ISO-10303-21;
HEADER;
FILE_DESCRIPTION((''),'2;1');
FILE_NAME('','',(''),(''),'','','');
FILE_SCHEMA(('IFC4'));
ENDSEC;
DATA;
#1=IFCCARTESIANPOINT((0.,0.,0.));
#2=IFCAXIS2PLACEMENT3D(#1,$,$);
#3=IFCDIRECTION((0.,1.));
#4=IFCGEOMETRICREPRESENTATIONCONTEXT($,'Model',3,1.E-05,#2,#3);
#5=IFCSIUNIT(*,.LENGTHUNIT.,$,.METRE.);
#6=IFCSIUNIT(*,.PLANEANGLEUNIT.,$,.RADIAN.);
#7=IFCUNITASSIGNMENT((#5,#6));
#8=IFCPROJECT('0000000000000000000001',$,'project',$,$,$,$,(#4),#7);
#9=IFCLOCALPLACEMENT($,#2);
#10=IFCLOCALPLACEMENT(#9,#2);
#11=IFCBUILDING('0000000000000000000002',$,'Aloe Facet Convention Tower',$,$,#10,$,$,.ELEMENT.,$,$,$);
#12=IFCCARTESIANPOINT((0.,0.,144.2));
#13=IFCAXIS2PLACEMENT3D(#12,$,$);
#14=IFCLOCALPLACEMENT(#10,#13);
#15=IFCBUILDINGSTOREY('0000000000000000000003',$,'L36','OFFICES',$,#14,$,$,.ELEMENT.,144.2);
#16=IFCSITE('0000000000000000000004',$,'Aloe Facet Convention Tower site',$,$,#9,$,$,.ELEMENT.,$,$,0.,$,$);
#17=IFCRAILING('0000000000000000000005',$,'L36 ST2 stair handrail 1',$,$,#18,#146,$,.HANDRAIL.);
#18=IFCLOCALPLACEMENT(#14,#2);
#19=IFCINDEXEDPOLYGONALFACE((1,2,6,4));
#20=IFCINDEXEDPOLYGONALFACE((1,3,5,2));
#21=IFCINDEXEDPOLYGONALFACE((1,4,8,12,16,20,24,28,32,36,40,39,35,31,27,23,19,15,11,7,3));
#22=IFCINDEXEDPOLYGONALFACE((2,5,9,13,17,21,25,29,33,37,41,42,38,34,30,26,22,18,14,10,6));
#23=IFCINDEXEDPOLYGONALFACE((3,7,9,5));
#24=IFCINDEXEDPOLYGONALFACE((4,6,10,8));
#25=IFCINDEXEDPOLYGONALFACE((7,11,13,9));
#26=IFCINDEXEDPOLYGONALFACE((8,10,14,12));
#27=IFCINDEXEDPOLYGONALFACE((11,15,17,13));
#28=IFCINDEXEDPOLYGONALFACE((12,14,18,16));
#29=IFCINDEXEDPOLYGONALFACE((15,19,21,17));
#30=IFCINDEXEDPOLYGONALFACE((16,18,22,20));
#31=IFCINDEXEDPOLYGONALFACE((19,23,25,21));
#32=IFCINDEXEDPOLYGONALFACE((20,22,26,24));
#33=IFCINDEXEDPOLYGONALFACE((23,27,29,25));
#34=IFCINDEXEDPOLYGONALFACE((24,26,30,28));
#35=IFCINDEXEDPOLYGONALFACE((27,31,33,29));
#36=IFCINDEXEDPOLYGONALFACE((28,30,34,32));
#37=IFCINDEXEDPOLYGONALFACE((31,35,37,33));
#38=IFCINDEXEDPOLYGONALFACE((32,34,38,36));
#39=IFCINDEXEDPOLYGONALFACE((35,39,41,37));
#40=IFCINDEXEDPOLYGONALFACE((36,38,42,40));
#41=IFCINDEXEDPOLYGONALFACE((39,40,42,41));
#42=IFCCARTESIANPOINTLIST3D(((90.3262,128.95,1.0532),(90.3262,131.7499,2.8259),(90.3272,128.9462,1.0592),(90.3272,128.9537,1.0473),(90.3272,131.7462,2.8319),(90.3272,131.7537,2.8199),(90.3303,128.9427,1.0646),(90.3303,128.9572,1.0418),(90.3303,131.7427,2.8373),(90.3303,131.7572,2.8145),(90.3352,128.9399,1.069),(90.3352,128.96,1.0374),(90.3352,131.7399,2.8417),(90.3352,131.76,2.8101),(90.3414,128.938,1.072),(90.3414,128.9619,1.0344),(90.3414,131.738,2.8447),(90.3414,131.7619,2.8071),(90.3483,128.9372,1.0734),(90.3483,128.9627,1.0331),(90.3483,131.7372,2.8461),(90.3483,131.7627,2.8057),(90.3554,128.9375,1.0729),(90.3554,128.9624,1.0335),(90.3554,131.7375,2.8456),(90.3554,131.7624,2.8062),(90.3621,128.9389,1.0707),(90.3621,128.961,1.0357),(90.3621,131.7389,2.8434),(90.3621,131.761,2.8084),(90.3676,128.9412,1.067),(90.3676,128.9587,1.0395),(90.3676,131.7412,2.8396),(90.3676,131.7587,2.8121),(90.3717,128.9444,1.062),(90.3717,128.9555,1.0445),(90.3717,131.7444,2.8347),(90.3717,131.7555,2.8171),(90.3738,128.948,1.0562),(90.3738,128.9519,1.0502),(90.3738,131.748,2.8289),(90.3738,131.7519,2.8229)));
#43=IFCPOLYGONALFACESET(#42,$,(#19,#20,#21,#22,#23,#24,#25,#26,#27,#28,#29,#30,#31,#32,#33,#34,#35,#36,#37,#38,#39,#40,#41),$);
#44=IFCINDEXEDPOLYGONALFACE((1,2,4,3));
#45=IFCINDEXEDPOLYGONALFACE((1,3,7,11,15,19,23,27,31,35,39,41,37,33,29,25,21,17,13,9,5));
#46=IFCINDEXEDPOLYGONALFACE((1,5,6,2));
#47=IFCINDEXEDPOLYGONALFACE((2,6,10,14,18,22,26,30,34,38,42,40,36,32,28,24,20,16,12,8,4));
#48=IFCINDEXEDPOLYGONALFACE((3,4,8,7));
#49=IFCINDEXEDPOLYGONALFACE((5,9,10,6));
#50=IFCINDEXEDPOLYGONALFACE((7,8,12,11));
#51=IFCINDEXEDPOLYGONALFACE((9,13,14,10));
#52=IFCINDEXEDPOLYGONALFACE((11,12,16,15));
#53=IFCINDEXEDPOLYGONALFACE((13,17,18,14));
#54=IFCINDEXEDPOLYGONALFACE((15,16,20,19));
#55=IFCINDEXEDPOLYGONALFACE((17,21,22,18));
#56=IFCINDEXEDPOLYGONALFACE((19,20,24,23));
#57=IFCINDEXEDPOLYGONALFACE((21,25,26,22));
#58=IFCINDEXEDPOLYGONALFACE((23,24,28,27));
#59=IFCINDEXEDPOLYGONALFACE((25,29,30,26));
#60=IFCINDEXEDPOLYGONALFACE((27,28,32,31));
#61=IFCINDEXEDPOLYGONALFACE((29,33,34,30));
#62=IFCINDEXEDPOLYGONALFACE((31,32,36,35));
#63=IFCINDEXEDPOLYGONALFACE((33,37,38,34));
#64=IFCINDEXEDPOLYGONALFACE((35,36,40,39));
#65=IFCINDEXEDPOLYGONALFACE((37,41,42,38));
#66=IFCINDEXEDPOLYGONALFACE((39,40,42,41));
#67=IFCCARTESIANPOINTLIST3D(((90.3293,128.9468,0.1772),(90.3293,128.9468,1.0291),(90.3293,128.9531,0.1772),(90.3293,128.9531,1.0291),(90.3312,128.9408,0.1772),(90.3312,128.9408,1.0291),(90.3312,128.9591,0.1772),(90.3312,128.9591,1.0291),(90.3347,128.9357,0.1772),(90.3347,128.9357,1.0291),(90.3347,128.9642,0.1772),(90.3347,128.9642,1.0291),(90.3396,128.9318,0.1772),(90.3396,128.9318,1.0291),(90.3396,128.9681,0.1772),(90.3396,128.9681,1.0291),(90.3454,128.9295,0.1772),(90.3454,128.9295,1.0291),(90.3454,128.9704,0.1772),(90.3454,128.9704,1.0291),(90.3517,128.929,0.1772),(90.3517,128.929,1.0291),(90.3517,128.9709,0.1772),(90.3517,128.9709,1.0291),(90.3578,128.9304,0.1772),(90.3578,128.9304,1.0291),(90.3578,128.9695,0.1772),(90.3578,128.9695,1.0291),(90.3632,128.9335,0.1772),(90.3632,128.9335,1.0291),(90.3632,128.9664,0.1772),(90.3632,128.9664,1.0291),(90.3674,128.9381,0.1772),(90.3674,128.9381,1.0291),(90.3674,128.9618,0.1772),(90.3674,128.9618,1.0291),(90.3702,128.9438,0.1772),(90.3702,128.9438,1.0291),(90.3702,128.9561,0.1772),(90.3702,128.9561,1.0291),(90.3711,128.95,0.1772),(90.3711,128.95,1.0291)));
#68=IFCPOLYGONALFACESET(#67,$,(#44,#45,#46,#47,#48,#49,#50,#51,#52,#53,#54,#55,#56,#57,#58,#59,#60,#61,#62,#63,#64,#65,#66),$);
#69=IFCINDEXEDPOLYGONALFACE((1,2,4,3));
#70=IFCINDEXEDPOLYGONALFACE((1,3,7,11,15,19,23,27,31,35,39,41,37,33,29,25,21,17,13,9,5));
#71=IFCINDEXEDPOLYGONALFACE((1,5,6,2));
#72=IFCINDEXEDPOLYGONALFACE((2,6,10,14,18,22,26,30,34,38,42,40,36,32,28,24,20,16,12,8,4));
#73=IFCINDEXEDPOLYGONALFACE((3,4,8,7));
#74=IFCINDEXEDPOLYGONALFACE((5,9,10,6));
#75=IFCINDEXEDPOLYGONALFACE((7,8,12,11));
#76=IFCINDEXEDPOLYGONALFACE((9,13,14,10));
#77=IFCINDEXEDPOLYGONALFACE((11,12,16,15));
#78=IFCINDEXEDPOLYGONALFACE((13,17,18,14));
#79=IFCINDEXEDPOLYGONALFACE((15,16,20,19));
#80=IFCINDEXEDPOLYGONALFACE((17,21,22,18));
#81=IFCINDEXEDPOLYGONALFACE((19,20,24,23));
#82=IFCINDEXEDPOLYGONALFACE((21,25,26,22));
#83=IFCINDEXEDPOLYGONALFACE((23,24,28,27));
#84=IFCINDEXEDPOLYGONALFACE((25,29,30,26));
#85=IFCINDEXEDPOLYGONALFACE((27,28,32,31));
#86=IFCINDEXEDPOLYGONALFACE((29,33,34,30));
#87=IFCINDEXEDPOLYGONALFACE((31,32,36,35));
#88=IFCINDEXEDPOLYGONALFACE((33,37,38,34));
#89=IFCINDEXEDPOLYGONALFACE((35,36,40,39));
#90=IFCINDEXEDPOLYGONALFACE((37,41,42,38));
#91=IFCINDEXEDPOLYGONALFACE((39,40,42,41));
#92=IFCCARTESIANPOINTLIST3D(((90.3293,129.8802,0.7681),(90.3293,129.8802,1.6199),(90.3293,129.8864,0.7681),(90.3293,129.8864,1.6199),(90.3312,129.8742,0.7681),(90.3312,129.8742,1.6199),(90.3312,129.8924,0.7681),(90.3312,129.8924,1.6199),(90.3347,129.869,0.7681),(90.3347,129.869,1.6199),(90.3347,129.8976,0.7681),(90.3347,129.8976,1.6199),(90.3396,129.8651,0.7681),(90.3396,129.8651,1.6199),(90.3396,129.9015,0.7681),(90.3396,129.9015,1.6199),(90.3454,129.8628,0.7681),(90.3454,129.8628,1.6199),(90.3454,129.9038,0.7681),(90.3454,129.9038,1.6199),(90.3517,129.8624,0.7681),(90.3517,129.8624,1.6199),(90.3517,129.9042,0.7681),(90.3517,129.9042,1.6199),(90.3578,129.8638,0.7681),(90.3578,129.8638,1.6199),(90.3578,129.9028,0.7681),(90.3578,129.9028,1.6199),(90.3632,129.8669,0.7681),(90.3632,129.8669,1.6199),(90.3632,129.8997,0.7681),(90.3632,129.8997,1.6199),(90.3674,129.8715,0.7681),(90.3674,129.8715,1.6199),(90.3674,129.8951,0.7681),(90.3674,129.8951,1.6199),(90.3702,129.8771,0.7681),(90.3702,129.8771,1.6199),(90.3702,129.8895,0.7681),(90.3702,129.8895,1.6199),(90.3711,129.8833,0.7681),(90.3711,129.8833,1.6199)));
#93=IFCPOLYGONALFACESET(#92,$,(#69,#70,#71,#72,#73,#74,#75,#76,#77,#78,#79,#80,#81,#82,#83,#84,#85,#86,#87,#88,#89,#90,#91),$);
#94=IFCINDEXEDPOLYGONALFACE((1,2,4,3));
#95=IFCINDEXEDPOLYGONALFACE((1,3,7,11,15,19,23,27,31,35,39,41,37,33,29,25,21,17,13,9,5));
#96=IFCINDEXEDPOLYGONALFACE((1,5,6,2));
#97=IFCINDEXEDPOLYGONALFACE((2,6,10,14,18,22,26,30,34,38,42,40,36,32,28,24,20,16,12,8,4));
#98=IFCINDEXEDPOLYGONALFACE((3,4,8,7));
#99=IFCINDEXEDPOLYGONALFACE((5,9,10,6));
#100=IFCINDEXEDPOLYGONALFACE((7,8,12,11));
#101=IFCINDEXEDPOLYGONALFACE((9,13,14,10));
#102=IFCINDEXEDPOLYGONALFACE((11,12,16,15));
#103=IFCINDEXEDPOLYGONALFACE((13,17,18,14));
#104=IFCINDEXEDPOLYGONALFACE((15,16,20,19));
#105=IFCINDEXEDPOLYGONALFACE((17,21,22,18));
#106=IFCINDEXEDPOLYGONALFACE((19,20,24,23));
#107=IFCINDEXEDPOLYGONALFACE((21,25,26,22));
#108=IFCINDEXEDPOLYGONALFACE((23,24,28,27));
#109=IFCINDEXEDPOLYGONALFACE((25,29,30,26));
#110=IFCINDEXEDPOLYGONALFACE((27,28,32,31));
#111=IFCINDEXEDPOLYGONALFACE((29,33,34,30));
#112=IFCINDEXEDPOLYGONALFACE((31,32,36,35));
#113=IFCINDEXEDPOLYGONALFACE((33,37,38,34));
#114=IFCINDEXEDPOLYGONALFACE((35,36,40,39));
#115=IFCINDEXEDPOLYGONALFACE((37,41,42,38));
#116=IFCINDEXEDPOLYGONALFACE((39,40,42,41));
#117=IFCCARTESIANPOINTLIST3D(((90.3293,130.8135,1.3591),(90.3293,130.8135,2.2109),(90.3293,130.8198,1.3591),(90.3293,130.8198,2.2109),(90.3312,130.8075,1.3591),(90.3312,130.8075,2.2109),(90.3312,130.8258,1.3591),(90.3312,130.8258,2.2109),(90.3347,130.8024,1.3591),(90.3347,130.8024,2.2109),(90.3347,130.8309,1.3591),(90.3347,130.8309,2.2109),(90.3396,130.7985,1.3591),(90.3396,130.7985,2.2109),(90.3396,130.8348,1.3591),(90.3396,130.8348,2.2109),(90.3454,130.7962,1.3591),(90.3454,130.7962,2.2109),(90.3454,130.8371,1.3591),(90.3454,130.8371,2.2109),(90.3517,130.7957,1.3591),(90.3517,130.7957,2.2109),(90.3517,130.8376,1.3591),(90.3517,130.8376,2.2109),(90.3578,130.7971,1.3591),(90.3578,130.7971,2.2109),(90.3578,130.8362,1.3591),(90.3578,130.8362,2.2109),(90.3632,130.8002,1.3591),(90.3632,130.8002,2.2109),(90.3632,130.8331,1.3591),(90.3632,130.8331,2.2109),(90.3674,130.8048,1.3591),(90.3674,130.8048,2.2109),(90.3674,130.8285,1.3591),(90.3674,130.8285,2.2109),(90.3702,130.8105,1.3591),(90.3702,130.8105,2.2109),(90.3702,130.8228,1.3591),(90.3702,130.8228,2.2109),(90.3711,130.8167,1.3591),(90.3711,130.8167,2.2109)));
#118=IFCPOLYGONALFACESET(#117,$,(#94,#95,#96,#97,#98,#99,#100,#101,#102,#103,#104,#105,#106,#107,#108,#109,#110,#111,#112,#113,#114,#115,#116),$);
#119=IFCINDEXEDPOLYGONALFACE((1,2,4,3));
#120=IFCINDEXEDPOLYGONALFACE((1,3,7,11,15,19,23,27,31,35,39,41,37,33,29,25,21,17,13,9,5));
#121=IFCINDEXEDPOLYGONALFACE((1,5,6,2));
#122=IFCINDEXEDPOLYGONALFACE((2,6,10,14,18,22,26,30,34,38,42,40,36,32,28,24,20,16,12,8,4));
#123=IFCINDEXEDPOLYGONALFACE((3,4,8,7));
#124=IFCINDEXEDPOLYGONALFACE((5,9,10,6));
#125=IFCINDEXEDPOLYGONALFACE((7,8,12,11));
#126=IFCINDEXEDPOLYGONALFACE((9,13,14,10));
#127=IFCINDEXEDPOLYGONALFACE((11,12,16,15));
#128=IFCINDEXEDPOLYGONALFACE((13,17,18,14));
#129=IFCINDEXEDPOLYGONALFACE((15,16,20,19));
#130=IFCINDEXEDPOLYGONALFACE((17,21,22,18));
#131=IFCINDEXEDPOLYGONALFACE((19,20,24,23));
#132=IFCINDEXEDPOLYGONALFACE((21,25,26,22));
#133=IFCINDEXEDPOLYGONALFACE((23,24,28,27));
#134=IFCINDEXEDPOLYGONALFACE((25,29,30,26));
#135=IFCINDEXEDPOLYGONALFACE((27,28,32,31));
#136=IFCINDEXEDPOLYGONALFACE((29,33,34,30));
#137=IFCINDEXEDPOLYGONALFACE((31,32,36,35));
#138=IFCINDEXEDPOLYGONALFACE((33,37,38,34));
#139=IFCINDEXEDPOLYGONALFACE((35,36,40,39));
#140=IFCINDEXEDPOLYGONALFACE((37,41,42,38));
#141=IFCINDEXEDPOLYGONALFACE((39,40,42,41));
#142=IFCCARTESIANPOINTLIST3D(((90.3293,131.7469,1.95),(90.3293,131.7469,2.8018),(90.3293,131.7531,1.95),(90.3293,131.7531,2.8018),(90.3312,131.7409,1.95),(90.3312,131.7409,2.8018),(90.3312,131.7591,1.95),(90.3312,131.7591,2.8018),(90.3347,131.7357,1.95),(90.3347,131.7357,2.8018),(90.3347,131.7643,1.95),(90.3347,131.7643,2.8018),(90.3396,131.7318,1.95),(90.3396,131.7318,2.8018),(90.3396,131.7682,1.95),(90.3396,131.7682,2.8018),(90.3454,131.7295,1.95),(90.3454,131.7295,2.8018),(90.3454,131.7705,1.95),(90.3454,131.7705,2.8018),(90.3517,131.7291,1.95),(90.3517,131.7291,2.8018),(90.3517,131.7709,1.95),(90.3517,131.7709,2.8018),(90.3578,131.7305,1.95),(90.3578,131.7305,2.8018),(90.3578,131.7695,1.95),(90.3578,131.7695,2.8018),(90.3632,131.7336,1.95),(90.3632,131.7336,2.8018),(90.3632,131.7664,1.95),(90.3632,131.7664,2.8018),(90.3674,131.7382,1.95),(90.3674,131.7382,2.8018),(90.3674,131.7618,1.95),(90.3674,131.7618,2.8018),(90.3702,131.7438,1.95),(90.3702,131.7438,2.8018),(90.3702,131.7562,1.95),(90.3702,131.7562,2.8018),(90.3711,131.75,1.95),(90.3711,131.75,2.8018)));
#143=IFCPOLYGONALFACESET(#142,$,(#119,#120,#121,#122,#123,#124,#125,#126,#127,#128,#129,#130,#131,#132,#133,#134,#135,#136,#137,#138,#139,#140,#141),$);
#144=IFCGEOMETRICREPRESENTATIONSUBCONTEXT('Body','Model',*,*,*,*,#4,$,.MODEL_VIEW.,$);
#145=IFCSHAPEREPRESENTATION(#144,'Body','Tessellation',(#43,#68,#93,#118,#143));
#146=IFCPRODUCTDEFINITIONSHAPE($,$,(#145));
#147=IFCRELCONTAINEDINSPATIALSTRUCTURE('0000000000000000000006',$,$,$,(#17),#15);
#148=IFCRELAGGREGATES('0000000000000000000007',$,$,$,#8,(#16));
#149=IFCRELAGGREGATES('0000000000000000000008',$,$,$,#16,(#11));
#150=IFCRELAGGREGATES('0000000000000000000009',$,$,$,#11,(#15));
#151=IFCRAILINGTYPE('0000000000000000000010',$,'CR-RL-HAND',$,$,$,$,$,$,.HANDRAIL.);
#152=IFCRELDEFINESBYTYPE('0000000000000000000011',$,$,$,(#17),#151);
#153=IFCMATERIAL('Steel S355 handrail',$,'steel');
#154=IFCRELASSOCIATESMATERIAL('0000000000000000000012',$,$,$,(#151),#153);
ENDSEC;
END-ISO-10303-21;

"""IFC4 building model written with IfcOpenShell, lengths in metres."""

from ifc_helpers import new_model, si_unit, direction, frame, origin, origin_2d, place, context, subcontext, project, spatial, circle, extrude, material, type_object, element, save


model = new_model("IFC4")

# Units and contexts
model_context = context("Model", 3, precision=1e-05, world=origin(), true_north=direction((0.0, 1.0)))
body_context = subcontext(model_context, "Body", "Model", "MODEL_VIEW")
ifc_project = project(units=[si_unit("LENGTHUNIT", "METRE"), si_unit("PLANEANGLEUNIT", "RADIAN")], contexts=[model_context])

# Site, building, storey
site_placement = place(None, origin())
site = spatial("IfcSite", under=ifc_project, at=site_placement, Name="Aloe Facet Convention Tower site", CompositionType="ELEMENT", RefElevation=0.0)
building_placement = place(site_placement, origin())
building = spatial("IfcBuilding", under=site, at=building_placement, Name="Aloe Facet Convention Tower", CompositionType="ELEMENT")
storey_placement = place(building_placement, frame((0.0, 0.0, 144.2)))
storey = spatial("IfcBuildingStorey", under=building, at=storey_placement, Name="L36", Description="OFFICES", CompositionType="ELEMENT", Elevation=144.2)

# Railing
ifc_material_1 = material(Name="Steel S355 handrail", Category="steel")
railing_type_1 = type_object("IfcRailingType", Name="CR-RL-HAND", PredefinedType="HANDRAIL", material=ifc_material_1)
railing_1_placement = place(storey_placement, frame((90.3501, 128.95, 0.1772)))
element("IfcRailing", 1, at=railing_1_placement, inside=storey, type_object=railing_type_1, Name="L36 ST2 stair handrail 1", PredefinedType="HANDRAIL", context=body_context, shape_type="SweptSolid", body=[
    extrude(circle(Radius=0.0239, at=origin_2d()), frame((0.0, 0.0, 0.876), z_axis=(0.0, 0.844909, 0.53491), x_axis=(-1.0, 0.0, 0.0)), (0.0, 0.0, 1.0), 3.314),
    extrude(circle(Radius=0.021, at=origin_2d()), origin(), (0.0, 0.0, 1.0), 0.8518),
    extrude(circle(Radius=0.021, at=origin_2d()), frame((0.0, 0.9333, 0.5908)), (0.0, 0.0, 1.0), 0.8518),
    extrude(circle(Radius=0.021, at=origin_2d()), frame((0.0, 1.8667, 1.1819)), (0.0, 0.0, 1.0), 0.8518),
    extrude(circle(Radius=0.021, at=origin_2d()), frame((0.0, 2.8, 1.7727)), (0.0, 0.0, 1.0), 0.8518),
])

save(model, "model.ifc")
